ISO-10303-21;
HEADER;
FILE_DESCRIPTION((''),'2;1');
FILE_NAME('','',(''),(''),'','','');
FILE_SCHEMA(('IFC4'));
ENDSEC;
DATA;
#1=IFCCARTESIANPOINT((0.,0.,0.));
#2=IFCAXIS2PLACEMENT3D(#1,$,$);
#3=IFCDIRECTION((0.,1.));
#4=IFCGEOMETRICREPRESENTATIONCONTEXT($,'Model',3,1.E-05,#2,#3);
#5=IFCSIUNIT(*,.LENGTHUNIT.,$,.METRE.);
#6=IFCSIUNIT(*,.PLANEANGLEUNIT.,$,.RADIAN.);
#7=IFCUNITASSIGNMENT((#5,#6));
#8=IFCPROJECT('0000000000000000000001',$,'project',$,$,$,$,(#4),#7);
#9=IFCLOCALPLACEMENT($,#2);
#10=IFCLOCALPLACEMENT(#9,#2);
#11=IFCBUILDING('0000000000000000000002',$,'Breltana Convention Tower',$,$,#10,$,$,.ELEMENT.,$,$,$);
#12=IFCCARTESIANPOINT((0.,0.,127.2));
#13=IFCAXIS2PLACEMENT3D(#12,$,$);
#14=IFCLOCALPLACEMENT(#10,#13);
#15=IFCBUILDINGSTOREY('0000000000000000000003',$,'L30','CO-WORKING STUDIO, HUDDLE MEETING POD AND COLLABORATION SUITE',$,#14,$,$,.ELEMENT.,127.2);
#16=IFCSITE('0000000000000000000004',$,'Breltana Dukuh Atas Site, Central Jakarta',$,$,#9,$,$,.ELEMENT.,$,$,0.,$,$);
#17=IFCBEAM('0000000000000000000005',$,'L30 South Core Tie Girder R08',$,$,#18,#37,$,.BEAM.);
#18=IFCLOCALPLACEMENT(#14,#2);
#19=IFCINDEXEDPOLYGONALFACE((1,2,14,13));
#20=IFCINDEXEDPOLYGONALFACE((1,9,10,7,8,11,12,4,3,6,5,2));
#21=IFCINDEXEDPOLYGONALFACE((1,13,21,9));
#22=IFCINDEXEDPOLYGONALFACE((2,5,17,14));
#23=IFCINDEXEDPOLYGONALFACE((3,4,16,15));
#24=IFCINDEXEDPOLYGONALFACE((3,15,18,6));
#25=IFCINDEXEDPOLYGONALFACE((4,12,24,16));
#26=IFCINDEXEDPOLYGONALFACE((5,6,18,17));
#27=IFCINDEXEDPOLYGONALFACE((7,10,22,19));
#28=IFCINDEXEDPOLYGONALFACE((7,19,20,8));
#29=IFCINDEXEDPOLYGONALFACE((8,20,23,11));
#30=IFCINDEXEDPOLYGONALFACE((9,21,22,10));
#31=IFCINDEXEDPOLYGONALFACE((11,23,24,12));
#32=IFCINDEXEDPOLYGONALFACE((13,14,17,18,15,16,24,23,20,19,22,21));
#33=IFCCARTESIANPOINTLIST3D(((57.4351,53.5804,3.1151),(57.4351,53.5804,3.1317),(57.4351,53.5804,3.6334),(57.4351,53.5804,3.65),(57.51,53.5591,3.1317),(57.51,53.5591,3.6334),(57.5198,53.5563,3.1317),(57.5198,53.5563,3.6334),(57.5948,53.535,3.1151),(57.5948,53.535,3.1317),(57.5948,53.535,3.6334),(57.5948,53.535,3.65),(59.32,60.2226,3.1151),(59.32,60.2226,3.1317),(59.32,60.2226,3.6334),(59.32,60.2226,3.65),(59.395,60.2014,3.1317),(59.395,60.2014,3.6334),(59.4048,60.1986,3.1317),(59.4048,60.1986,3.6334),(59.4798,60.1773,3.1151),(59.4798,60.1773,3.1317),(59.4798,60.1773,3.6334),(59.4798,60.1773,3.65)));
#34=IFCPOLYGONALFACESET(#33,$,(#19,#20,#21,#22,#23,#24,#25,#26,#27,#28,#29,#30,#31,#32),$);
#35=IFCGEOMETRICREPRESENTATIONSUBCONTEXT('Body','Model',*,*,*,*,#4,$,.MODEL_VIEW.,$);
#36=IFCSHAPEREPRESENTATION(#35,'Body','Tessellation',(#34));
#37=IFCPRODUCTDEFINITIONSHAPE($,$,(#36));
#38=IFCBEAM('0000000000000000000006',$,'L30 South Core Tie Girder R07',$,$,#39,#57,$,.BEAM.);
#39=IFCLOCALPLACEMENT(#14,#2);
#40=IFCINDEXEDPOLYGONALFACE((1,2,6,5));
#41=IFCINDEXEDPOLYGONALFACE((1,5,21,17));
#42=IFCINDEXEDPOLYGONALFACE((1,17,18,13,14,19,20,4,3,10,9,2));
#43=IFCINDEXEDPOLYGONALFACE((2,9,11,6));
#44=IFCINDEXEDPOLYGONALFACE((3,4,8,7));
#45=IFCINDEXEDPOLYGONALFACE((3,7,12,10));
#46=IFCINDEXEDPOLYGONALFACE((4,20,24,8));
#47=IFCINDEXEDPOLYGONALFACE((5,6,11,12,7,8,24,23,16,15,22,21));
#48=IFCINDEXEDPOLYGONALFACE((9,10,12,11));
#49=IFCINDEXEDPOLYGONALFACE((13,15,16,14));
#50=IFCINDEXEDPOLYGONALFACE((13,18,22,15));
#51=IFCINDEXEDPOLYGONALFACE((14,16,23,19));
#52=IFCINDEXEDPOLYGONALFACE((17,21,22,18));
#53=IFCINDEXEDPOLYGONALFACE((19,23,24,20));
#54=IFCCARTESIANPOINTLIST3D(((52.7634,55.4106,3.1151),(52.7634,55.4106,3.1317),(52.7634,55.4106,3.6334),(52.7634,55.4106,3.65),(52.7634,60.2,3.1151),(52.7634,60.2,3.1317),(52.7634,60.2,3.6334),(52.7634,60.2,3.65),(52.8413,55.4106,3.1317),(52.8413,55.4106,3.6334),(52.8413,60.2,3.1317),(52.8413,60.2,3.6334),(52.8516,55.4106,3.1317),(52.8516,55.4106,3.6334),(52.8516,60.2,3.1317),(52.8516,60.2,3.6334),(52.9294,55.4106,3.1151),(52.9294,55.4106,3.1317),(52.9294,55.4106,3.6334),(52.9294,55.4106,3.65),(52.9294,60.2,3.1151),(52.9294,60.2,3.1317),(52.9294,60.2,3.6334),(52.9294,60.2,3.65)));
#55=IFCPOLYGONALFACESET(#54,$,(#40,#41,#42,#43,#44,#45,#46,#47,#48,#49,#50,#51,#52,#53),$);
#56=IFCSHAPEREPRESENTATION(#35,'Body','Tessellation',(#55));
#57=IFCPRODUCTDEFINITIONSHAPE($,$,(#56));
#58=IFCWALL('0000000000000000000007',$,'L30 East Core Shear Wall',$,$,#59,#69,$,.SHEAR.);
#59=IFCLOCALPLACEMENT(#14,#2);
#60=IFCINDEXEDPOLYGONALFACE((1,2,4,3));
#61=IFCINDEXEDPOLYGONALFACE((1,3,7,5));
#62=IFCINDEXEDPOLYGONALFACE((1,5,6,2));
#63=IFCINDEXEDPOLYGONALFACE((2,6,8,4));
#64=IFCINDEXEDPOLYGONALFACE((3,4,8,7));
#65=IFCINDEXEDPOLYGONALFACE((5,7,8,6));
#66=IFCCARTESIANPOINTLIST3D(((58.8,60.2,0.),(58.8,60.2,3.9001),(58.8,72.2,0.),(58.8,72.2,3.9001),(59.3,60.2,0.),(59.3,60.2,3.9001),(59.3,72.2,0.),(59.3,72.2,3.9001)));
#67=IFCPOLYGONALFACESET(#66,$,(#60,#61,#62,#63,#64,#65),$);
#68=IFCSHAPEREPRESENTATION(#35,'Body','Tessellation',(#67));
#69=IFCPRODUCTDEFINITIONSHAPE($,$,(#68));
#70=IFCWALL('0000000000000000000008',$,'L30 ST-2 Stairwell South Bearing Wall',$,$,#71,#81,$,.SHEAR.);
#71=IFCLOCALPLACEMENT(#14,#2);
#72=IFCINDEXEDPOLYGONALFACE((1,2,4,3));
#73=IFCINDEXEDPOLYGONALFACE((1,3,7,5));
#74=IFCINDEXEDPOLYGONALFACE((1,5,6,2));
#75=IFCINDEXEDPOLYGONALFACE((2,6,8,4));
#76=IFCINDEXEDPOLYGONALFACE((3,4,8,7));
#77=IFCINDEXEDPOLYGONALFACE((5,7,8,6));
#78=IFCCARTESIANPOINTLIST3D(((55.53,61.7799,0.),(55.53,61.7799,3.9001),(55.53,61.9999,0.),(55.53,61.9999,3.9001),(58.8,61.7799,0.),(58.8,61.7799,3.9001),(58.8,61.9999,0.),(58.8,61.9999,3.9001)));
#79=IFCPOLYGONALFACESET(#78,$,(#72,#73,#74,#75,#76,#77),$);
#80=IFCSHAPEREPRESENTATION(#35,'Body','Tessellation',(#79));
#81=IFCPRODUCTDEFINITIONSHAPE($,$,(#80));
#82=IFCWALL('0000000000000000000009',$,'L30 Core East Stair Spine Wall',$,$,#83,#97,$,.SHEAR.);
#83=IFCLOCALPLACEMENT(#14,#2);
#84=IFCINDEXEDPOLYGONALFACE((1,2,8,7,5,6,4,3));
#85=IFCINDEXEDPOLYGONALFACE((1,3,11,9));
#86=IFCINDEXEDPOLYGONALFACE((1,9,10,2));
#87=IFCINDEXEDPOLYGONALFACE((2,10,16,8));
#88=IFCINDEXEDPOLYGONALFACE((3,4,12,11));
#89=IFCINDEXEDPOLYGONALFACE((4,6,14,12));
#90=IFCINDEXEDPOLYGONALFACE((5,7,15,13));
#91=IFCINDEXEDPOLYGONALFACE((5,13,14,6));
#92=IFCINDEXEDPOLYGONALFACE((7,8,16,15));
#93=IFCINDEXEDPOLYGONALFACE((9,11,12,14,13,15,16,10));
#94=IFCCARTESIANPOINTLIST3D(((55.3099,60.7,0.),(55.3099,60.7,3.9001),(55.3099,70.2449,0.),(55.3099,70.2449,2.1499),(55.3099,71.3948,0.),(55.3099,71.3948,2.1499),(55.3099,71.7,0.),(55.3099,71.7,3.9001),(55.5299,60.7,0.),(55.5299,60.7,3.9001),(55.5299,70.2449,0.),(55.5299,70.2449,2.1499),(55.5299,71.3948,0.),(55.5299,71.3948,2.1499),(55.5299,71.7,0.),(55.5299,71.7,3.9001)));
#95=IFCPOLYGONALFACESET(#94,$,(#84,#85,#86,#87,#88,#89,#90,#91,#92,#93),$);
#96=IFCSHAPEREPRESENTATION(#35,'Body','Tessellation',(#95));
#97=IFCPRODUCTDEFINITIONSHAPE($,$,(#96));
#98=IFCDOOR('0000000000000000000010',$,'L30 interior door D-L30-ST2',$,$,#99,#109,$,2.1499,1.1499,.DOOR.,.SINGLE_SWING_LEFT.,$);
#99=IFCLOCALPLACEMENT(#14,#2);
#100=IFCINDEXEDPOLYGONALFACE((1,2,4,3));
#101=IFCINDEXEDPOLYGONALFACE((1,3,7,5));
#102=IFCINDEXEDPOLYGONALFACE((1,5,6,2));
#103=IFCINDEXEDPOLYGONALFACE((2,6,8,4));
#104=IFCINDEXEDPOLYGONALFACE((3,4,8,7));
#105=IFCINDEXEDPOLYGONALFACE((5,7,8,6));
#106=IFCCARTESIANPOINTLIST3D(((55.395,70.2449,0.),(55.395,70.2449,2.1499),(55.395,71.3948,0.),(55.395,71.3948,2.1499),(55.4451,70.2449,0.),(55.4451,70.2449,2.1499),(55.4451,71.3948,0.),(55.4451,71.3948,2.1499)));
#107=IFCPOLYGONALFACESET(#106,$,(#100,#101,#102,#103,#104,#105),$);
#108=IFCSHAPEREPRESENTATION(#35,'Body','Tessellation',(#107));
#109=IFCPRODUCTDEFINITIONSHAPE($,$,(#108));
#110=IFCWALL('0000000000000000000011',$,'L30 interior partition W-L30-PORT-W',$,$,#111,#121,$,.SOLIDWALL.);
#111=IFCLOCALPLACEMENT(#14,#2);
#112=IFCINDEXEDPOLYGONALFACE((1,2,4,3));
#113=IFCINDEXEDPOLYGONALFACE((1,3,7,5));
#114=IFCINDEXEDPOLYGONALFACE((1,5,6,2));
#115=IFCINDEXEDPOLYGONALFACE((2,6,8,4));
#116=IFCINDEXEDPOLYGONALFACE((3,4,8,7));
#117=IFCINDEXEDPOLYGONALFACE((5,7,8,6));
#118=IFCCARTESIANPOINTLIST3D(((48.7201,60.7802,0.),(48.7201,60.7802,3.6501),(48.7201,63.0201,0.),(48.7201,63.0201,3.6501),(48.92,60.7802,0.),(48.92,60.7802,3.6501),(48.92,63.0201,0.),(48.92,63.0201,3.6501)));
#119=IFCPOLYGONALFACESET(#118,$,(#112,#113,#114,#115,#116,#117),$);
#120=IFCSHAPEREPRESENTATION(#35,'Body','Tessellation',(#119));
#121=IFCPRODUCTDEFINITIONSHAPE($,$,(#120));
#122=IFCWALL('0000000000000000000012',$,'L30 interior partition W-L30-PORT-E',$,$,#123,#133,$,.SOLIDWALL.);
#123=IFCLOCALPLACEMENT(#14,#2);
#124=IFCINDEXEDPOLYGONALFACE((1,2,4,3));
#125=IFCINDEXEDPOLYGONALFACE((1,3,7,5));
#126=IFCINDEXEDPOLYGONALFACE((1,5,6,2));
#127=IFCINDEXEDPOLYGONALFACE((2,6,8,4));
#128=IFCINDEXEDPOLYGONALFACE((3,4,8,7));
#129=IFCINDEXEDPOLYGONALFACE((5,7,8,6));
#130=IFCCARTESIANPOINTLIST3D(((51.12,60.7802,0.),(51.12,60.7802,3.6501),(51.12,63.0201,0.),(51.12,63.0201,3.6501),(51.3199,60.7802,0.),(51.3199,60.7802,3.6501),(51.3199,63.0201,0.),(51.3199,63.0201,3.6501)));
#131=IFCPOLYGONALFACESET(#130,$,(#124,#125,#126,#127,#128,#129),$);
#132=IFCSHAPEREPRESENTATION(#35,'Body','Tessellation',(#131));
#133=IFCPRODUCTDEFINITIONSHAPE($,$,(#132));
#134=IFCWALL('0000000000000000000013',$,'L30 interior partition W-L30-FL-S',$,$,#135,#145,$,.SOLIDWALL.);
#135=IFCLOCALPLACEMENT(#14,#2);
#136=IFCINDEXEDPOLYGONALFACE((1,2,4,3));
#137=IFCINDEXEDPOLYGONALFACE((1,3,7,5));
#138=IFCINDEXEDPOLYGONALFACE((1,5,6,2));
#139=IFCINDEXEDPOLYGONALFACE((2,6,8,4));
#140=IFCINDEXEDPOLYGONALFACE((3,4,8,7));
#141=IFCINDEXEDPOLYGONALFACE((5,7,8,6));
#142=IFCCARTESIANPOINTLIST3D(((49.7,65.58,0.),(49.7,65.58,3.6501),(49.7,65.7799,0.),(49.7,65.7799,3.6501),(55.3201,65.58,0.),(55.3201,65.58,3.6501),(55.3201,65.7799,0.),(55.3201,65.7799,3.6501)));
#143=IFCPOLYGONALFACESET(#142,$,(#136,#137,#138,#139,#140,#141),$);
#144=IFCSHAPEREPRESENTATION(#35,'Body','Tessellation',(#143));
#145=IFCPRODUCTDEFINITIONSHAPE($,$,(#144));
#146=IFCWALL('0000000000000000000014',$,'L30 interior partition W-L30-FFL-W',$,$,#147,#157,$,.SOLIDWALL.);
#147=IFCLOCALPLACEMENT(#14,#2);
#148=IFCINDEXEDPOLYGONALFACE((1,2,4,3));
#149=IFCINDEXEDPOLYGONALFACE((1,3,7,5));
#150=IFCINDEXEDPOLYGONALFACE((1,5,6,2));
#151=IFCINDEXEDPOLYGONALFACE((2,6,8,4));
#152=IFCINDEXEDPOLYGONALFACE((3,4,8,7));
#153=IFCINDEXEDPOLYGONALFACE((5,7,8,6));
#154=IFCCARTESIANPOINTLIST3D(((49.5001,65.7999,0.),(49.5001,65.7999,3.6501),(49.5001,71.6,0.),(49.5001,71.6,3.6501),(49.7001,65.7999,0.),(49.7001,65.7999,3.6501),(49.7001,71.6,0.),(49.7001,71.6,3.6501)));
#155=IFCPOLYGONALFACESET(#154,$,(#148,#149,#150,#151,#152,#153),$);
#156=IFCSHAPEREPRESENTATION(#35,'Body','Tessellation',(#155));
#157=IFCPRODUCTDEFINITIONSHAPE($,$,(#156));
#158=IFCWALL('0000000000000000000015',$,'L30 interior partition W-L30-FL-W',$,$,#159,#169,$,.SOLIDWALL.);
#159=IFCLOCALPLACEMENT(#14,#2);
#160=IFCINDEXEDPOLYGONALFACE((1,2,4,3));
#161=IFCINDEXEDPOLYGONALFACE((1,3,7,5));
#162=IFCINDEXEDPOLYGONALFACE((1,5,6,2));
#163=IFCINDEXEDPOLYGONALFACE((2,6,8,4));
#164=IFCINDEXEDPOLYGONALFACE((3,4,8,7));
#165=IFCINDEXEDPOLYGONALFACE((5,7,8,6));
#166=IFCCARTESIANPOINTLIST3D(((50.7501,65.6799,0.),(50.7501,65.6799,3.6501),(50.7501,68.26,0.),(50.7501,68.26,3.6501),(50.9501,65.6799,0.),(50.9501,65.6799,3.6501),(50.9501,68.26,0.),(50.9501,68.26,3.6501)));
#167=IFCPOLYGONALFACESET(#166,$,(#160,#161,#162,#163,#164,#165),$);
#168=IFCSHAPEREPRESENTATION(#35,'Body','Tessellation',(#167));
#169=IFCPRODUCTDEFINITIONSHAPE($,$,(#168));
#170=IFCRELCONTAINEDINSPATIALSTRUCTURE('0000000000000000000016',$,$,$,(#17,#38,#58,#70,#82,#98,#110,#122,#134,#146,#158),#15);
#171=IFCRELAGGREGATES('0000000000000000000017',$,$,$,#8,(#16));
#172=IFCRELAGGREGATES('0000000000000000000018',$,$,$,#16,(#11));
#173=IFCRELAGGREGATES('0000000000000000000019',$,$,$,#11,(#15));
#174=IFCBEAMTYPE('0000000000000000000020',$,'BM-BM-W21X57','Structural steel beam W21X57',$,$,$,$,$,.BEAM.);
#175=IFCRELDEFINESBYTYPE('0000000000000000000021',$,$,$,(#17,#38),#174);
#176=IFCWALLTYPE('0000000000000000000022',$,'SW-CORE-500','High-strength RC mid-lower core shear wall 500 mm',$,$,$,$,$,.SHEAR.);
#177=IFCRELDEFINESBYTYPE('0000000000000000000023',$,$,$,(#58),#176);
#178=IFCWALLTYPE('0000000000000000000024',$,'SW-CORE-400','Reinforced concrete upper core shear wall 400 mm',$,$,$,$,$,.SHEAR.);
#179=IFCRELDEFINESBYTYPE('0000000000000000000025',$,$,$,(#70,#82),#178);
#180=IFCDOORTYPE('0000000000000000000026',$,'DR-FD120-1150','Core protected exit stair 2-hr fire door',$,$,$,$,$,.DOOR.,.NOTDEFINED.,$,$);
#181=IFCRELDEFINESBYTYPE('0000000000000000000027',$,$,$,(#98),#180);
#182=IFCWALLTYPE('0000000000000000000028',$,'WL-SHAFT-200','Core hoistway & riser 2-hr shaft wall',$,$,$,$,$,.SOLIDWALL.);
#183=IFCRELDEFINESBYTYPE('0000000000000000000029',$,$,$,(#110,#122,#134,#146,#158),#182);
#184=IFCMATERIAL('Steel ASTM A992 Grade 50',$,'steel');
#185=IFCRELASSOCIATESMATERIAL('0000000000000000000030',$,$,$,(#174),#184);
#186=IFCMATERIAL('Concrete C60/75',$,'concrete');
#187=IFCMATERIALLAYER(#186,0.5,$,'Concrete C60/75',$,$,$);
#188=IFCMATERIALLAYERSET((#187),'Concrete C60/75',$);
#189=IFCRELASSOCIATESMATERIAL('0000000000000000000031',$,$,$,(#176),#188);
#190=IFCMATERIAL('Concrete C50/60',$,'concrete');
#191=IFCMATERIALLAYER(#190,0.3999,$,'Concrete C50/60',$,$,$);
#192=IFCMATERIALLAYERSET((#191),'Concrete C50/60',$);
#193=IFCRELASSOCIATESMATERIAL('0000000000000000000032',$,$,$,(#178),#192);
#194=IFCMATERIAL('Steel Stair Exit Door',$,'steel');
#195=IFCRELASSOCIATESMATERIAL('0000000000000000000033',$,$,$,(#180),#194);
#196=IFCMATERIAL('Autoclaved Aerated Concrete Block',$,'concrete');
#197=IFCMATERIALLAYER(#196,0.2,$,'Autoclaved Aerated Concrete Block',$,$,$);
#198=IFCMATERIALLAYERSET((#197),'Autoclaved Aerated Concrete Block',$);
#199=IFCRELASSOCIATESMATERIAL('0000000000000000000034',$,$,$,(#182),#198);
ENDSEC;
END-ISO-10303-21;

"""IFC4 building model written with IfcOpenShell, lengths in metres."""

from ifc_helpers import new_model, si_unit, direction, frame, frame_2d, origin, origin_2d, place, context, subcontext, project, spatial, rectangle, i_section, extrude, source, transform, mapped, material, layer, layer_set, material_profile, profile_set, type_object, type_shapes, element, fill, save


model = new_model("IFC4")

# Units and contexts
model_context = context("Model", 3, precision=1e-05, world=origin(), true_north=direction((0.0, 1.0)))
body_context = subcontext(model_context, "Body", "Model", "MODEL_VIEW")
ifc_project = project(units=[si_unit("LENGTHUNIT", "METRE"), si_unit("PLANEANGLEUNIT", "RADIAN")], contexts=[model_context])

# Site, building, storey
site_placement = place(None, origin())
site = spatial("IfcSite", under=ifc_project, at=site_placement, Name="Breltana Dukuh Atas Site, Central Jakarta", CompositionType="ELEMENT", RefElevation=0.0)
building_placement = place(site_placement, origin())
building = spatial("IfcBuilding", under=site, at=building_placement, Name="Breltana Convention Tower", CompositionType="ELEMENT")
storey_placement = place(building_placement, frame((0.0, 0.0, 127.2)))
storey = spatial("IfcBuildingStorey", under=building, at=storey_placement, Name="L30", Description="CO-WORKING STUDIO, HUDDLE MEETING POD AND COLLABORATION SUITE", CompositionType="ELEMENT", Elevation=127.2)

# Beams
ifc_material_1 = material(Name="Steel ASTM A992 Grade 50", Category="steel")
ifc_material_profile = material_profile(ifc_material_1, i_section(OverallWidth=0.166, OverallDepth=0.5349, WebThickness=0.0103, FlangeThickness=0.0166, at=origin_2d()), Name="W21X57")
ifc_profile_set = profile_set([ifc_material_profile], Name="Steel ASTM A992 Grade 50")
beam_type = type_object("IfcBeamType", Name="BM-BM-W21X57", Description="Structural steel beam W21X57", PredefinedType="BEAM", material=ifc_profile_set)
shared_shape_1 = source(origin(), body_context, "Body", "SweptSolid", [
    extrude(i_section(OverallWidth=0.166, OverallDepth=0.5349, WebThickness=0.0103, FlangeThickness=0.0166, at=origin_2d()), origin(), (0.0, 0.0, 1.0), 6.9045),
])
type_shapes(beam_type, [shared_shape_1])
beam_1_placement = place(storey_placement, frame((59.3999, 60.2, 3.3826), z_axis=(-0.273007, -0.962012, 0.0), x_axis=(0.962012, -0.273007, 0.0)))
element("IfcBeam", 1, at=beam_1_placement, inside=storey, type_object=beam_type, Name="L30 South Core Tie Girder R08", PredefinedType="BEAM", context=body_context, shape_type="MappedRepresentation", body=[
    mapped(shared_shape_1, transform((0.0, 0.0, 0.0), scale=1.0)),
])
shared_shape_2 = source(origin(), body_context, "Body", "SweptSolid", [
    extrude(i_section(OverallWidth=0.166, OverallDepth=0.5349, WebThickness=0.0103, FlangeThickness=0.0166, at=origin_2d()), origin(), (0.0, 0.0, 1.0), 4.7893),
])
beam_2_placement = place(storey_placement, frame((52.8464, 60.2, 3.3826), z_axis=(0.0, -1.0, 0.0), x_axis=(1.0, 0.0, 0.0)))
element("IfcBeam", 2, at=beam_2_placement, inside=storey, type_object=beam_type, Name="L30 South Core Tie Girder R07", PredefinedType="BEAM", context=body_context, shape_type="MappedRepresentation", body=[
    mapped(shared_shape_2, transform((0.0, 0.0, 0.0), scale=1.0)),
])

# Walls
ifc_material_2 = material(Name="Concrete C60/75", Category="concrete")
ifc_layer_1 = layer(ifc_material_2, 0.5, Name="Concrete C60/75")
ifc_layer_set_1 = layer_set([ifc_layer_1], Name="Concrete C60/75")
wall_type_1 = type_object("IfcWallType", Name="SW-CORE-500", Description="High-strength RC mid-lower core shear wall 500 mm", PredefinedType="SHEAR", material=ifc_layer_set_1)
shared_shape_3 = source(origin(), body_context, "Body", "SweptSolid", [
    extrude(rectangle(XDim=12.0, YDim=0.5, at=frame_2d((6.0, 0.0))), origin(), (0.0, 0.0, 1.0), 3.9001),
])
wall_1_placement = place(storey_placement, frame((59.05, 60.2, 0.0), z_axis=(0.0, 0.0, 1.0), x_axis=(0.0, 1.0, 0.0)))
element("IfcWall", 3, at=wall_1_placement, inside=storey, type_object=wall_type_1, Name="L30 East Core Shear Wall", PredefinedType="SHEAR", context=body_context, shape_type="MappedRepresentation", body=[
    mapped(shared_shape_3, transform((0.0, 0.0, 0.0), scale=1.0)),
])
ifc_material_3 = material(Name="Concrete C50/60", Category="concrete")
ifc_layer_2 = layer(ifc_material_3, 0.3999, Name="Concrete C50/60")
ifc_layer_set_2 = layer_set([ifc_layer_2], Name="Concrete C50/60")
wall_type_2 = type_object("IfcWallType", Name="SW-CORE-400", Description="Reinforced concrete upper core shear wall 400 mm", PredefinedType="SHEAR", material=ifc_layer_set_2)
shared_shape_4 = source(origin(), body_context, "Body", "SweptSolid", [
    extrude(rectangle(XDim=3.27, YDim=0.22, at=frame_2d((1.635, 0.0))), origin(), (0.0, 0.0, 1.0), 3.9001),
])
wall_2_placement = place(storey_placement, frame((55.53, 61.8899, 0.0), z_axis=(0.0, 0.0, 1.0), x_axis=(1.0, 0.0, 0.0)))
element("IfcWall", 4, at=wall_2_placement, inside=storey, type_object=wall_type_2, Name="L30 ST-2 Stairwell South Bearing Wall", PredefinedType="SHEAR", context=body_context, shape_type="MappedRepresentation", body=[
    mapped(shared_shape_4, transform((0.0, 0.0, 0.0), scale=1.0)),
])

# Wall, opening, door
shared_shape_5 = source(origin(), body_context, "Body", "SweptSolid", [
    extrude(rectangle(XDim=11.0, YDim=0.22, at=frame_2d((5.5, 0.0))), origin(), (0.0, 0.0, 1.0), 3.9001),
])
wall_3_placement = place(storey_placement, frame((55.4199, 60.7, 0.0), z_axis=(0.0, 0.0, 1.0), x_axis=(0.0, 1.0, 0.0)))
wall_3 = element("IfcWall", 5, at=wall_3_placement, inside=storey, type_object=wall_type_2, Name="L30 Core East Stair Spine Wall", PredefinedType="SHEAR", context=body_context, shape_type="MappedRepresentation", body=[
    mapped(shared_shape_5, transform((0.0, 0.0, 0.0), scale=1.0)),
])
opening_placement = place(wall_3_placement, frame((9.5449, 0.0, 0.0)))
opening = element("IfcOpeningElement", 6, at=opening_placement, cuts=wall_3, PredefinedType="OPENING", context=body_context, shape_type="SweptSolid", body=[
    extrude(rectangle(XDim=1.1499, YDim=2.1499, at=frame_2d((0.575, 1.075))), frame((0.0, 0.1201, 0.0), z_axis=(0.0, -1.0, 0.0), x_axis=(1.0, 0.0, 0.0)), (0.0, 0.0, 1.0), 0.24),
])
ifc_material_4 = material(Name="Steel Stair Exit Door", Category="steel")
door_type = type_object("IfcDoorType", Name="DR-FD120-1150", Description="Core protected exit stair 2-hr fire door", OperationType="NOTDEFINED", PredefinedType="DOOR", material=ifc_material_4)
shared_shape_6 = source(origin(), body_context, "Body", "SweptSolid", [
    extrude(rectangle(XDim=1.1499, YDim=2.1499, at=frame_2d((0.575, 1.075))), frame((0.0, 0.0249, 0.0), z_axis=(0.0, -1.0, 0.0), x_axis=(1.0, 0.0, 0.0)), (0.0, 0.0, 1.0), 0.05),
])
type_shapes(door_type, [shared_shape_6])
door_placement = place(opening_placement, origin())
door = element("IfcDoor", 7, at=door_placement, inside=storey, type_object=door_type, Name="L30 interior door D-L30-ST2", OperationType="SINGLE_SWING_LEFT", OverallHeight=2.1499, OverallWidth=1.1499, PredefinedType="DOOR", context=body_context, shape_type="MappedRepresentation", body=[
    mapped(shared_shape_6, transform((0.0, 0.0, 0.0), scale=1.0)),
])
fill(opening, door)

# Walls
ifc_material_5 = material(Name="Autoclaved Aerated Concrete Block", Category="concrete")
ifc_layer_3 = layer(ifc_material_5, 0.2, Name="Autoclaved Aerated Concrete Block")
ifc_layer_set_3 = layer_set([ifc_layer_3], Name="Autoclaved Aerated Concrete Block")
wall_type_3 = type_object("IfcWallType", Name="WL-SHAFT-200", Description="Core hoistway & riser 2-hr shaft wall", PredefinedType="SOLIDWALL", material=ifc_layer_set_3)
shared_shape_7 = source(origin(), body_context, "Body", "SweptSolid", [
    extrude(rectangle(XDim=2.24, YDim=0.2, at=frame_2d((1.1201, 0.0))), origin(), (0.0, 0.0, 1.0), 3.6501),
])
for number, where, z_axis, x_axis, name in (
    (8, (48.8201, 60.78, 0.0), (0.0, 0.0, 1.0), (0.0, 1.0, 0.0), "L30 interior partition W-L30-PORT-W"),
    (9, (51.22, 60.78, 0.0), (0.0, 0.0, 1.0), (0.0, 1.0, 0.0), "L30 interior partition W-L30-PORT-E"),
):
    element("IfcWall", number, at=place(storey_placement, frame(where, z_axis=z_axis, x_axis=x_axis)), inside=storey, type_object=wall_type_3, Name=name, PredefinedType="SOLIDWALL", context=body_context, shape_type="MappedRepresentation", body=[
        mapped(shared_shape_7, transform((0.0, 0.0, 0.0), scale=1.0)),
    ])
shared_shape_8 = source(origin(), body_context, "Body", "SweptSolid", [
    extrude(rectangle(XDim=5.6201, YDim=0.2, at=frame_2d((2.8101, 0.0))), origin(), (0.0, 0.0, 1.0), 3.6501),
])
wall_4_placement = place(storey_placement, frame((49.7, 65.6799, 0.0), z_axis=(0.0, 0.0, 1.0), x_axis=(1.0, 0.0, 0.0)))
element("IfcWall", 10, at=wall_4_placement, inside=storey, type_object=wall_type_3, Name="L30 interior partition W-L30-FL-S", PredefinedType="SOLIDWALL", context=body_context, shape_type="MappedRepresentation", body=[
    mapped(shared_shape_8, transform((0.0, 0.0, 0.0), scale=1.0)),
])
shared_shape_9 = source(origin(), body_context, "Body", "SweptSolid", [
    extrude(rectangle(XDim=5.8, YDim=0.2, at=frame_2d((2.8999, 0.0))), origin(), (0.0, 0.0, 1.0), 3.6501),
])
wall_5_placement = place(storey_placement, frame((49.6001, 65.8, 0.0), z_axis=(0.0, 0.0, 1.0), x_axis=(0.0, 1.0, 0.0)))
element("IfcWall", 11, at=wall_5_placement, inside=storey, type_object=wall_type_3, Name="L30 interior partition W-L30-FFL-W", PredefinedType="SOLIDWALL", context=body_context, shape_type="MappedRepresentation", body=[
    mapped(shared_shape_9, transform((0.0, 0.0, 0.0), scale=1.0)),
])
shared_shape_10 = source(origin(), body_context, "Body", "SweptSolid", [
    extrude(rectangle(XDim=2.5801, YDim=0.2, at=frame_2d((1.29, 0.0))), origin(), (0.0, 0.0, 1.0), 3.6501),
])
wall_6_placement = place(storey_placement, frame((50.8501, 65.6799, 0.0), z_axis=(0.0, 0.0, 1.0), x_axis=(0.0, 1.0, 0.0)))
element("IfcWall", 12, at=wall_6_placement, inside=storey, type_object=wall_type_3, Name="L30 interior partition W-L30-FL-W", PredefinedType="SOLIDWALL", context=body_context, shape_type="MappedRepresentation", body=[
    mapped(shared_shape_10, transform((0.0, 0.0, 0.0), scale=1.0)),
])

save(model, "model.ifc")
